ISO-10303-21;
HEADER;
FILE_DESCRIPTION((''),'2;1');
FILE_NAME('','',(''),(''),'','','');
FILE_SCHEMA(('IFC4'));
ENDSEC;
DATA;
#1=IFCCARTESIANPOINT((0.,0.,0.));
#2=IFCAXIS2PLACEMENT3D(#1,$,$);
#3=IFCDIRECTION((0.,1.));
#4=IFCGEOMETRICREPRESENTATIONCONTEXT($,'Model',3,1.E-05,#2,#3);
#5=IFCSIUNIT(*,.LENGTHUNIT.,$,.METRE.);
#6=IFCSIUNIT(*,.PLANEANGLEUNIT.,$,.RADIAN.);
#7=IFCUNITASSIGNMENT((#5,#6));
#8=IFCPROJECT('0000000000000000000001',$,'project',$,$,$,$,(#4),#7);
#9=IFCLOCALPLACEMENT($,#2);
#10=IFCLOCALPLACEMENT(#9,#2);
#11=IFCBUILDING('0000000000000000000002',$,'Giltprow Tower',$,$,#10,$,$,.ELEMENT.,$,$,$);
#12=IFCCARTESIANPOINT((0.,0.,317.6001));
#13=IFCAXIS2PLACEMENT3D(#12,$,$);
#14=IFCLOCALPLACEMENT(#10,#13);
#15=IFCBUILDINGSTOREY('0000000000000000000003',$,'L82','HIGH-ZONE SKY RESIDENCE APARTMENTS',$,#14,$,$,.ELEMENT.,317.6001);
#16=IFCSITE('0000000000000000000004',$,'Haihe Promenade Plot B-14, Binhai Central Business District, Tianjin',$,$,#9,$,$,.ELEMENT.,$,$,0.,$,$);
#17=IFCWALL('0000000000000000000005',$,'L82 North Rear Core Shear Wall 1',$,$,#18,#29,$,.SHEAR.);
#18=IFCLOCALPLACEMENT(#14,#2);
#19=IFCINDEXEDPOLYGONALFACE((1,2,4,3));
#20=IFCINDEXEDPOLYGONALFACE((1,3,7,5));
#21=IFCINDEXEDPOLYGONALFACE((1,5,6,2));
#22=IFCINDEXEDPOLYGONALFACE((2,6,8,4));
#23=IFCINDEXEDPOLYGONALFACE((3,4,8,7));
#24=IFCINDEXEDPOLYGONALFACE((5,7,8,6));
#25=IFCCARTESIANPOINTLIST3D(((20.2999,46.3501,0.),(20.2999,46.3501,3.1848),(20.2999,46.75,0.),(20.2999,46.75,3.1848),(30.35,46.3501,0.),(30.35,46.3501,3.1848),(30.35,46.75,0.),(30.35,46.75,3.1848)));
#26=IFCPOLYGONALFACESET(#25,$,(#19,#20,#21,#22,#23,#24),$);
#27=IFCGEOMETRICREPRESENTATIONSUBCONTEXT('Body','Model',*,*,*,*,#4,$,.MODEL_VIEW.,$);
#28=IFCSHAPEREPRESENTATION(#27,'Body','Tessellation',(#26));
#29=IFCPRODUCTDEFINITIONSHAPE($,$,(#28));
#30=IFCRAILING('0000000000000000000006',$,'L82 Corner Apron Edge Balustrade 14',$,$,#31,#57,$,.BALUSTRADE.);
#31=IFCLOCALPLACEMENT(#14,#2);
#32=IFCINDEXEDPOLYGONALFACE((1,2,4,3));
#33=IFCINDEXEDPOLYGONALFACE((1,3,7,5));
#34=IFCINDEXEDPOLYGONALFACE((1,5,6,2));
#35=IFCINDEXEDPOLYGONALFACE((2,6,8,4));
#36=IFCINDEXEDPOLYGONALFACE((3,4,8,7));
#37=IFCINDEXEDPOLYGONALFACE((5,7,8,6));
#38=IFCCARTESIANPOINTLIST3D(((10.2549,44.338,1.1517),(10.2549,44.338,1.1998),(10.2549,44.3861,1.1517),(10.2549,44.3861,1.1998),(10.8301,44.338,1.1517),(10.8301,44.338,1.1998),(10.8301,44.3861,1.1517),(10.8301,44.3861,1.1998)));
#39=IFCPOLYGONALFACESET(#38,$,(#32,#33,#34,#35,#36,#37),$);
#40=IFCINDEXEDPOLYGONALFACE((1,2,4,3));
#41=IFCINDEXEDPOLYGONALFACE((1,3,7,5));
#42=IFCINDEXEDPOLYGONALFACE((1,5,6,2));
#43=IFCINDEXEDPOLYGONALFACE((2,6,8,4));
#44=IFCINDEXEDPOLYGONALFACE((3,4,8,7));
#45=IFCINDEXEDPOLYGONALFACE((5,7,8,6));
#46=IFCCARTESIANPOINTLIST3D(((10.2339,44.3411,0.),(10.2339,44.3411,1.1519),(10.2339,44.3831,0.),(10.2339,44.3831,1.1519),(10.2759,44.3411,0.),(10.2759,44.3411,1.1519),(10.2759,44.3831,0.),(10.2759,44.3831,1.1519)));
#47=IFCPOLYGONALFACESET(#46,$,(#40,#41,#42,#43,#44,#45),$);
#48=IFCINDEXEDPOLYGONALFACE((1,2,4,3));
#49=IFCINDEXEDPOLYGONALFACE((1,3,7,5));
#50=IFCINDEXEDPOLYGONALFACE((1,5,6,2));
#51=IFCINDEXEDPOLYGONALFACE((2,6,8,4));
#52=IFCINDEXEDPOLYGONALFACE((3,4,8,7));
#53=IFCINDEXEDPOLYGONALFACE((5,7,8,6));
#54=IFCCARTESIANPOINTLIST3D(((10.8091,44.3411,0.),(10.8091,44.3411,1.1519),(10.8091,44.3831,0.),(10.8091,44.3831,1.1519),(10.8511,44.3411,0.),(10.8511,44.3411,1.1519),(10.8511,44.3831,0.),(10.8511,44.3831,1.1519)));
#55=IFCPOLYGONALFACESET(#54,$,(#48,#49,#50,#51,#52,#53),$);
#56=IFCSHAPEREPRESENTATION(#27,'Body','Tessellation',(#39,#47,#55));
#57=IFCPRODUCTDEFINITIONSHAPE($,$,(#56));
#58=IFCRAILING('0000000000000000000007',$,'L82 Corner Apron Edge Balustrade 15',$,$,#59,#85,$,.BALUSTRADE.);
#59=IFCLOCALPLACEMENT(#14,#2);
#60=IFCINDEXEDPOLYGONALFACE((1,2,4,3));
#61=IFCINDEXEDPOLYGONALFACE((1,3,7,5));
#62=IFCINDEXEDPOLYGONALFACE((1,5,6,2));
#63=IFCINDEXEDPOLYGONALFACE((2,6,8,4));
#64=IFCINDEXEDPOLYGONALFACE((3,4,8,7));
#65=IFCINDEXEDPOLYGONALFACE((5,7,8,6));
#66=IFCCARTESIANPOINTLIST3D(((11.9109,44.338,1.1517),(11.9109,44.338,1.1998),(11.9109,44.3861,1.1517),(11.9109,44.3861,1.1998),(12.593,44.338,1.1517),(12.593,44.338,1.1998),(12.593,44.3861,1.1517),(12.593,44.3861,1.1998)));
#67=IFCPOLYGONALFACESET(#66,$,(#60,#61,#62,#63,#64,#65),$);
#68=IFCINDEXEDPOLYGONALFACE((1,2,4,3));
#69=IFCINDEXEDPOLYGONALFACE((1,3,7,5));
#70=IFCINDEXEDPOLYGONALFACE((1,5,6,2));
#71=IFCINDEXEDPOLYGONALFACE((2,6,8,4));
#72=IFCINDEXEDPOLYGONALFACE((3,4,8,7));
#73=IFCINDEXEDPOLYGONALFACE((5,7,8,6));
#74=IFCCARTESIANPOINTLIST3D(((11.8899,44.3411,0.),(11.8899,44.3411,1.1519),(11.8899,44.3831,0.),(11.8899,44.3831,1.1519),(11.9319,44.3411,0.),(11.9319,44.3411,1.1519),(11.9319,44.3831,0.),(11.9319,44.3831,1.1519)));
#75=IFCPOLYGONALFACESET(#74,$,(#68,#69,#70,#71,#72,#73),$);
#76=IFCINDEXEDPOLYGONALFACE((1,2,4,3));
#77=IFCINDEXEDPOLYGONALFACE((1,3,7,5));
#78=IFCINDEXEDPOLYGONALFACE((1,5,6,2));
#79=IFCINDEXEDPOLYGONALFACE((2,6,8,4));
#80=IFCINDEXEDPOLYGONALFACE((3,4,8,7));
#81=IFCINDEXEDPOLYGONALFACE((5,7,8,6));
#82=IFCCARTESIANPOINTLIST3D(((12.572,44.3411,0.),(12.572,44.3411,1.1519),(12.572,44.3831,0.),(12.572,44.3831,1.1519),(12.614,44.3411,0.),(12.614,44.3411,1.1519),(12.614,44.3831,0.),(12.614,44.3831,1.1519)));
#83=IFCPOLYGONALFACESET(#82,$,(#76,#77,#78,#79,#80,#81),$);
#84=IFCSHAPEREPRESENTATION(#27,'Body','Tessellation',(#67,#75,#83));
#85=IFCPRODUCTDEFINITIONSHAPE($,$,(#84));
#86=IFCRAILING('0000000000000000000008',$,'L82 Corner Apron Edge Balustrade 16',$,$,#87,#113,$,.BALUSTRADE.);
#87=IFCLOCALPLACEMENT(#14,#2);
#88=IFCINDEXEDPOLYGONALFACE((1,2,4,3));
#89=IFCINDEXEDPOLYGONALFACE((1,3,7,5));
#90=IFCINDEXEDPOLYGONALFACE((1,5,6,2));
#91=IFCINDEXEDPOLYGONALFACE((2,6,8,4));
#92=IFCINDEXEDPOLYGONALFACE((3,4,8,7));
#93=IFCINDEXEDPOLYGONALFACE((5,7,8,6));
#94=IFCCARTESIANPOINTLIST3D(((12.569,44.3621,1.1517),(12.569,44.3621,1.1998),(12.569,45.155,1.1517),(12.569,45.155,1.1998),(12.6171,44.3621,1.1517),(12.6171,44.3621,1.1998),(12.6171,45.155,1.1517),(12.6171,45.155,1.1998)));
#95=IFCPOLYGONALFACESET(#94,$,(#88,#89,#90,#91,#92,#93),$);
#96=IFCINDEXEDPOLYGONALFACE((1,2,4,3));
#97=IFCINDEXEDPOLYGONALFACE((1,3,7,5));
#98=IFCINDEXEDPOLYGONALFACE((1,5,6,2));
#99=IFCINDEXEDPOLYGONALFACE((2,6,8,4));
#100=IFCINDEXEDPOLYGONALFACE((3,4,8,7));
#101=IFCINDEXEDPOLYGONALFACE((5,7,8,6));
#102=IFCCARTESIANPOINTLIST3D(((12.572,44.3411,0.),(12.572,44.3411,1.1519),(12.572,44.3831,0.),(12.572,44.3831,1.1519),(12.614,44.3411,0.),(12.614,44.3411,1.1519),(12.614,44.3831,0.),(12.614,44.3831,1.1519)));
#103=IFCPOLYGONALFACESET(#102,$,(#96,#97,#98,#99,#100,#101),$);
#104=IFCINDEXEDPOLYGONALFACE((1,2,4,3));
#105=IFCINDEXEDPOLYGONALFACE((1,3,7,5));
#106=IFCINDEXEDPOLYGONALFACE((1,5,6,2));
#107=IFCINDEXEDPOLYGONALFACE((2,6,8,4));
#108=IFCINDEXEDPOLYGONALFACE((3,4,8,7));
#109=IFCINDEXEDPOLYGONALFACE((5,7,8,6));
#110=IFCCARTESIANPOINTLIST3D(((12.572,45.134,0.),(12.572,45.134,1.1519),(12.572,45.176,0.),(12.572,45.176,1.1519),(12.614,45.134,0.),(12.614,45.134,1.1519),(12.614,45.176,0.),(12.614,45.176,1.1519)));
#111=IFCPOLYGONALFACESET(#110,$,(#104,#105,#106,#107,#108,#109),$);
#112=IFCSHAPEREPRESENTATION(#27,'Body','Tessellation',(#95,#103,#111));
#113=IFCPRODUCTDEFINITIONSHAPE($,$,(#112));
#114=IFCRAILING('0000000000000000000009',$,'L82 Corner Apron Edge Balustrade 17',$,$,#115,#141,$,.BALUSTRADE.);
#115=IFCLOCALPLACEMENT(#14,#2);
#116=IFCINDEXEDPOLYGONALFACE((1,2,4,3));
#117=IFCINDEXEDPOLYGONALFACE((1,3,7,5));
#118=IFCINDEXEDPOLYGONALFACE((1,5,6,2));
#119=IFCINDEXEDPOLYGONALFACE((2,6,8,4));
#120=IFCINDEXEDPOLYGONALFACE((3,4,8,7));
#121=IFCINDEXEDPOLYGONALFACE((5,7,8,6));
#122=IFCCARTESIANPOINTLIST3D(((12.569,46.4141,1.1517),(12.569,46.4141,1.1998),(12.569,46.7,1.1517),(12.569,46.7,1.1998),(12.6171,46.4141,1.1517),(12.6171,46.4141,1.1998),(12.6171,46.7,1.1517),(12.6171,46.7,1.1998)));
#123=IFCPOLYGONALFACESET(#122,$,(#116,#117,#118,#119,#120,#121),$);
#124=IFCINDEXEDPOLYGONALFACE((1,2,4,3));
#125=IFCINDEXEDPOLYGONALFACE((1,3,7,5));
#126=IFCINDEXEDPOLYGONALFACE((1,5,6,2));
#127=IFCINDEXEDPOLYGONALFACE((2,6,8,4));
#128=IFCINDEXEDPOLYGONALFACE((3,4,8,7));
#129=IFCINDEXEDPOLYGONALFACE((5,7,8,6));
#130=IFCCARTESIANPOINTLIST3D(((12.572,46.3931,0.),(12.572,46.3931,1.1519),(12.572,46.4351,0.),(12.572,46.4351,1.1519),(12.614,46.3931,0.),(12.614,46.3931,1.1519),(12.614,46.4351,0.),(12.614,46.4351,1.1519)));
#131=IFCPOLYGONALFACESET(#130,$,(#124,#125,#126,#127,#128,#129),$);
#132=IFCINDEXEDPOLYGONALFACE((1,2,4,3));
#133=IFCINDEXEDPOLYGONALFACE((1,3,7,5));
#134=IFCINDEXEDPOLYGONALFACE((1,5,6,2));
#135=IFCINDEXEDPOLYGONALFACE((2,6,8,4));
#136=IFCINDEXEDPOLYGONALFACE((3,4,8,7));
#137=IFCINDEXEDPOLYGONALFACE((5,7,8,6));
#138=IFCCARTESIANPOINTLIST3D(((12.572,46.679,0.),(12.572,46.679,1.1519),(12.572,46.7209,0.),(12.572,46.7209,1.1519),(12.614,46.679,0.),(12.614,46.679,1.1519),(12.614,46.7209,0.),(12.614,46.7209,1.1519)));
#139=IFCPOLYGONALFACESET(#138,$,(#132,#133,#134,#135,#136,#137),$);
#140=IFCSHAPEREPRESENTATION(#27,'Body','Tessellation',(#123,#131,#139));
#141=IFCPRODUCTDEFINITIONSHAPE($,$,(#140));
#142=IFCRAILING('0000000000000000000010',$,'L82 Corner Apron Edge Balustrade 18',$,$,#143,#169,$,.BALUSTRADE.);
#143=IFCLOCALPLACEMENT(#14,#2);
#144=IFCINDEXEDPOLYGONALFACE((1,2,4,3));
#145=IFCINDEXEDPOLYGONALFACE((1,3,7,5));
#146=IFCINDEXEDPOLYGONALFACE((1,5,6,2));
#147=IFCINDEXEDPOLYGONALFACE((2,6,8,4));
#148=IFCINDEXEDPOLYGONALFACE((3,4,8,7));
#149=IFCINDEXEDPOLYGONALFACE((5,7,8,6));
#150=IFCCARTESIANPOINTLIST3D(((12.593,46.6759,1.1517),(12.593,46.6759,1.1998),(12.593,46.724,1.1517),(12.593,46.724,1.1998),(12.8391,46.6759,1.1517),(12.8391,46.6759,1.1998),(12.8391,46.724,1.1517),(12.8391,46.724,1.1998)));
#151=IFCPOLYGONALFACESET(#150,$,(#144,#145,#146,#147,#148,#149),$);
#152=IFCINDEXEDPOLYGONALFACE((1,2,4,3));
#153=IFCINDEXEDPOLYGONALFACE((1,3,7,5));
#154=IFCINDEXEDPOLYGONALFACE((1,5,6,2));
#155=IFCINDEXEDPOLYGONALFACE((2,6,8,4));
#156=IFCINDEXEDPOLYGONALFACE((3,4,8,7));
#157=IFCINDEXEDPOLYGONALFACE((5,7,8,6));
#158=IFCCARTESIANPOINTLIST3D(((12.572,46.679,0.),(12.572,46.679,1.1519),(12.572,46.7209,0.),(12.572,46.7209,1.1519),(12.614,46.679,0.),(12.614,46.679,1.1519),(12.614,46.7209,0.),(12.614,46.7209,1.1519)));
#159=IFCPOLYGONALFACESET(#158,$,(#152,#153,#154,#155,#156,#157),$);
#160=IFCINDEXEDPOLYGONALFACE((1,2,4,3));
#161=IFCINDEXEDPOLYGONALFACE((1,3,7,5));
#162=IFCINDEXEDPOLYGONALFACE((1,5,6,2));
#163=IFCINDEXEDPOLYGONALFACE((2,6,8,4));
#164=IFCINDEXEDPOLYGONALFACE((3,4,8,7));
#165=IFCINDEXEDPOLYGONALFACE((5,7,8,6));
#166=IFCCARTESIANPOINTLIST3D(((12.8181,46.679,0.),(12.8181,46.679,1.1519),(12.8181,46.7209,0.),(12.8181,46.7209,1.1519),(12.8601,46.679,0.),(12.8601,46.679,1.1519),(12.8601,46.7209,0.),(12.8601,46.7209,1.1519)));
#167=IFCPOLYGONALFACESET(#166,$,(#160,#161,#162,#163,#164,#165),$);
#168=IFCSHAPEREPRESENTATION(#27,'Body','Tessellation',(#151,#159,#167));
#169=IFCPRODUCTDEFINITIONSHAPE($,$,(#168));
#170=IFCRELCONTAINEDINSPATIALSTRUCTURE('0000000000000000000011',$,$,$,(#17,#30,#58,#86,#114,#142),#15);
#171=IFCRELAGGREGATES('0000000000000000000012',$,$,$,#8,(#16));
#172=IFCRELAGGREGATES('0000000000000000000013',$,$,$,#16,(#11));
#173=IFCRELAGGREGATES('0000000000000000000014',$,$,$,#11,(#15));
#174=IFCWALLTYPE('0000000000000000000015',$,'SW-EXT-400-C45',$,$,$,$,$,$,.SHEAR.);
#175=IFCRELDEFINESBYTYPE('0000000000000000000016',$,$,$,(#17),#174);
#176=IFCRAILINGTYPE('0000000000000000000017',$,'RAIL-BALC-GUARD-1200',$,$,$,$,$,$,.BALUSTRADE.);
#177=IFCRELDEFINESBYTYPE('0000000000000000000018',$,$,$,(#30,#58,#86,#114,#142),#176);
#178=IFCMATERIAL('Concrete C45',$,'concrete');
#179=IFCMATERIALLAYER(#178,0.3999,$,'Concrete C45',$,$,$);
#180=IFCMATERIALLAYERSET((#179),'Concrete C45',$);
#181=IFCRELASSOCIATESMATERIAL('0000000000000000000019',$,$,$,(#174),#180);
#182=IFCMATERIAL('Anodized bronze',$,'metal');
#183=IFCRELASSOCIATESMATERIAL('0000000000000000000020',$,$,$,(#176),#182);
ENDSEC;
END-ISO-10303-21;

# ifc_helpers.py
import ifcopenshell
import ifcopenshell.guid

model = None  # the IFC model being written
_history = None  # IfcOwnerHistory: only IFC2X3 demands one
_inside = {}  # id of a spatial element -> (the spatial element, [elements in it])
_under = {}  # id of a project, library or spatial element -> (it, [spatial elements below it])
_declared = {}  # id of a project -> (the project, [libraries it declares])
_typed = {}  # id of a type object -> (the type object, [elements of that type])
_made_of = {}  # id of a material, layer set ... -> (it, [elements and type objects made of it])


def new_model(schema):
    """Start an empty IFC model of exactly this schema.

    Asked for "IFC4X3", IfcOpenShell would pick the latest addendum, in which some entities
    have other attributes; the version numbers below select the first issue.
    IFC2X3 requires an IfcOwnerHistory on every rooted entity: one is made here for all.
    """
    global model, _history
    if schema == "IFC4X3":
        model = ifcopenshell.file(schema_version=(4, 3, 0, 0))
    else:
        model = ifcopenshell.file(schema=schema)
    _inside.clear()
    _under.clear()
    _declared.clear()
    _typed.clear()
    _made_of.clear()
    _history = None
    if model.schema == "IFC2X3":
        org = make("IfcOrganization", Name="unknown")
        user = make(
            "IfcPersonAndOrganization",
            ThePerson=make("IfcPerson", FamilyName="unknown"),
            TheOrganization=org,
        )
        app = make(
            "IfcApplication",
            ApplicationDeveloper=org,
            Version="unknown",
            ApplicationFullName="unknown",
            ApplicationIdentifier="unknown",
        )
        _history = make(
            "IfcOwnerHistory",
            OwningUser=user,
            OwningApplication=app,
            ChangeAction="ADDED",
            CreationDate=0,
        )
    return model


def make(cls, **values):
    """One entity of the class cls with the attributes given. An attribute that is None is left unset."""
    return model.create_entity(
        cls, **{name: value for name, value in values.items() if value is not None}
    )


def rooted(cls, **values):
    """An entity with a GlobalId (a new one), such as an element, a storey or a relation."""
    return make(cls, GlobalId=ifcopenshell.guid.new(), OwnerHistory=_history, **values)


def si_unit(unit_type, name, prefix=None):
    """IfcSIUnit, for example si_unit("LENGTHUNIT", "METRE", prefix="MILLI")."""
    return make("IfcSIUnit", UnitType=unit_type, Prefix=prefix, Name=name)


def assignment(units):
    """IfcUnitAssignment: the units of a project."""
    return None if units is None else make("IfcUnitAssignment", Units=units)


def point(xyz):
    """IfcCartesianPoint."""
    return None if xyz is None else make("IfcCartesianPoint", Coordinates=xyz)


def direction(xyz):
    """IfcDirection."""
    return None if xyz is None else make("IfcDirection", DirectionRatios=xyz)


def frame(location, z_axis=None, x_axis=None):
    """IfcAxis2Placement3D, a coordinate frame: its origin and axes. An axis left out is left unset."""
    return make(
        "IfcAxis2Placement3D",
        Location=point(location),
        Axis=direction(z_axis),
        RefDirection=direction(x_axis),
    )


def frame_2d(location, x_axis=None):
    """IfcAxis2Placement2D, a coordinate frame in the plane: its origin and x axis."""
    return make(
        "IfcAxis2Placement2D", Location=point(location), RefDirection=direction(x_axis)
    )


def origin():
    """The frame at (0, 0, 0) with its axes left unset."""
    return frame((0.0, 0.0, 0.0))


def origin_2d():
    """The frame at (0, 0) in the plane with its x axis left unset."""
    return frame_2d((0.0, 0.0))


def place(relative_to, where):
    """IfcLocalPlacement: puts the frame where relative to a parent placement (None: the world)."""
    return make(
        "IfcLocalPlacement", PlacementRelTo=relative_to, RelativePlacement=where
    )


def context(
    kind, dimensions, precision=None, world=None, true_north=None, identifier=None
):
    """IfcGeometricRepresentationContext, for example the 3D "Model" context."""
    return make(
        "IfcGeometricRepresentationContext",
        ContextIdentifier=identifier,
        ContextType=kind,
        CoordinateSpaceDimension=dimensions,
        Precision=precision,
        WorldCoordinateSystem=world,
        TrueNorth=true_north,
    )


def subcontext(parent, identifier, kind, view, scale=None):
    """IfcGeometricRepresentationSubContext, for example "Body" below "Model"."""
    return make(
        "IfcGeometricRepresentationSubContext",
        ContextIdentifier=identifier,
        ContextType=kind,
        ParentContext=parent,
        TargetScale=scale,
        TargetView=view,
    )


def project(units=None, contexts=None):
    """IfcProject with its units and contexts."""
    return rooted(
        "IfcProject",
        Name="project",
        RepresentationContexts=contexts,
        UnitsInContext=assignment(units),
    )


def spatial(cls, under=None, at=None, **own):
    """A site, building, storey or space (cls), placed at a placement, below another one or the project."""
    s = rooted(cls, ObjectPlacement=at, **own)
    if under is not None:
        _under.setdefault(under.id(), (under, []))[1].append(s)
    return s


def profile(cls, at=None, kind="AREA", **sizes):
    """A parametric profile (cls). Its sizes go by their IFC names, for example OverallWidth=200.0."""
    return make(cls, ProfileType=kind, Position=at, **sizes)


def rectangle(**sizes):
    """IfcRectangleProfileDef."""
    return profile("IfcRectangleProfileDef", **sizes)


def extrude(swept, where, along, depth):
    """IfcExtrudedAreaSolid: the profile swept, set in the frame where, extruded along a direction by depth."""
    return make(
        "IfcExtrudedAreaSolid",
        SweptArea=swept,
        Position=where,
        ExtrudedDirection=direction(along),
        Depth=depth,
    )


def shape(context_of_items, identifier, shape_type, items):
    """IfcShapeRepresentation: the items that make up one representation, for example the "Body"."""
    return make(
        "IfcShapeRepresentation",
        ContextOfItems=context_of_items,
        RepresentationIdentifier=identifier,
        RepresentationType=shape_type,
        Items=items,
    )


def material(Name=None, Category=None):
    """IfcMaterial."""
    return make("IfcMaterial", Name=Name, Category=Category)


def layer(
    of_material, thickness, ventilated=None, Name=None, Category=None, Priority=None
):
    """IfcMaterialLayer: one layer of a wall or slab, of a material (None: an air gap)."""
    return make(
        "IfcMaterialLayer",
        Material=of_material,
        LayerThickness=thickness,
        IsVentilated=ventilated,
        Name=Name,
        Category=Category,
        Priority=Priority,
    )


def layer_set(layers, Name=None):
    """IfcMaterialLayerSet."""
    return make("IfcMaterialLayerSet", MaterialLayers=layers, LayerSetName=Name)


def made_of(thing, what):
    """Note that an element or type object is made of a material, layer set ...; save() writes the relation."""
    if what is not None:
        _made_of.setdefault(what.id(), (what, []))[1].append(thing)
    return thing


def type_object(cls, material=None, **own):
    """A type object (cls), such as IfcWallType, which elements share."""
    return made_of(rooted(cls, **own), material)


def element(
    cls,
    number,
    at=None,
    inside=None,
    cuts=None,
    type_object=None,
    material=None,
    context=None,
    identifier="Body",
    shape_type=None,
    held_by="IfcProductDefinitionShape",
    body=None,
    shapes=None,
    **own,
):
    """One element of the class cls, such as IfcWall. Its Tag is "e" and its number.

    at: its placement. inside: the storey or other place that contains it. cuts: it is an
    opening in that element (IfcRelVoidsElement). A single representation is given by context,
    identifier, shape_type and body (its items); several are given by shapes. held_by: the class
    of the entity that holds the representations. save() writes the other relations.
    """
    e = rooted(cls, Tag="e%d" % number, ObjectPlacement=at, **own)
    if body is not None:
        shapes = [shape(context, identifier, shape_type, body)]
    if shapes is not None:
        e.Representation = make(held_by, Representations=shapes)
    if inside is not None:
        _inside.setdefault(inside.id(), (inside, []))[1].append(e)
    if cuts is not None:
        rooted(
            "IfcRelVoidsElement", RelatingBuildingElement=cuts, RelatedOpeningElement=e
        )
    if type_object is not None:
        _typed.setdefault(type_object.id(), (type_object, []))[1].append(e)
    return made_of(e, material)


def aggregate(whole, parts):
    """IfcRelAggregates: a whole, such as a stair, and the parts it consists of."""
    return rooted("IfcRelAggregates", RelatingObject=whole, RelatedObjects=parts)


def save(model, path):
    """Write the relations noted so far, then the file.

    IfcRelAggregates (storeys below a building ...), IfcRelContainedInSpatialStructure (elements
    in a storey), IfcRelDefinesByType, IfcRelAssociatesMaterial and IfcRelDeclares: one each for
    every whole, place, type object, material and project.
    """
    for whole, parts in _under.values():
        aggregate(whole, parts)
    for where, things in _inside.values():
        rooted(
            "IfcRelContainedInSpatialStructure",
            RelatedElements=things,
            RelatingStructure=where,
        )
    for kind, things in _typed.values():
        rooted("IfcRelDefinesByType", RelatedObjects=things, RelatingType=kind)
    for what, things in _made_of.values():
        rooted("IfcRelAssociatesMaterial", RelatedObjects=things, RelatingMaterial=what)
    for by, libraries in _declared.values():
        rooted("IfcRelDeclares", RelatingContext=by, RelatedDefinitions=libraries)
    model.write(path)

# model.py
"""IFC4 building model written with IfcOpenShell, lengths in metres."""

from ifc_helpers import new_model, si_unit, direction, frame, frame_2d, origin, origin_2d, place, context, subcontext, project, spatial, rectangle, extrude, material, layer, layer_set, type_object, element, save


model = new_model("IFC4")

# Units and contexts
model_context = context("Model", 3, precision=1e-05, world=origin(), true_north=direction((0.0, 1.0)))
body_context = subcontext(model_context, "Body", "Model", "MODEL_VIEW")
ifc_project = project(units=[si_unit("LENGTHUNIT", "METRE"), si_unit("PLANEANGLEUNIT", "RADIAN")], contexts=[model_context])

# Site, building, storey
site_placement = place(None, origin())
site = spatial("IfcSite", under=ifc_project, at=site_placement, Name="Haihe Promenade Plot B-14, Binhai Central Business District, Tianjin", CompositionType="ELEMENT", RefElevation=0.0)
building_placement = place(site_placement, origin())
building = spatial("IfcBuilding", under=site, at=building_placement, Name="Giltprow Tower", CompositionType="ELEMENT")
storey_placement = place(building_placement, frame((0.0, 0.0, 317.6001)))
storey = spatial("IfcBuildingStorey", under=building, at=storey_placement, Name="L82", Description="HIGH-ZONE SKY RESIDENCE APARTMENTS", CompositionType="ELEMENT", Elevation=317.6001)

# Shared definitions
ifc_material_1 = material(Name="Concrete C45", Category="concrete")

# Wall
ifc_layer_1 = layer(ifc_material_1, 0.3999, Name="Concrete C45")
ifc_layer_set_1 = layer_set([ifc_layer_1], Name="Concrete C45")
wall_type_1 = type_object("IfcWallType", Name="SW-EXT-400-C45", PredefinedType="SHEAR", material=ifc_layer_set_1)
wall_1_placement = place(storey_placement, frame((20.3, 46.55, 0.0), z_axis=(0.0, 0.0, 1.0), x_axis=(1.0, 0.0, 0.0)))
element("IfcWall", 1, at=wall_1_placement, inside=storey, type_object=wall_type_1, Name="L82 North Rear Core Shear Wall 1", PredefinedType="SHEAR", context=body_context, shape_type="SweptSolid", body=[
    extrude(rectangle(XDim=10.05, YDim=0.3999, at=frame_2d((5.0249, 0.0))), origin(), (0.0, 0.0, 1.0), 3.1848),
])

# Railings
ifc_material_2 = material(Name="Anodized bronze", Category="metal")
railing_type = type_object("IfcRailingType", Name="RAIL-BALC-GUARD-1200", PredefinedType="BALUSTRADE", material=ifc_material_2)
railing_1_placement = place(storey_placement, frame((10.2549, 44.3621, 0.0)))
element("IfcRailing", 2, at=railing_1_placement, inside=storey, type_object=railing_type, Name="L82 Corner Apron Edge Balustrade 14", PredefinedType="BALUSTRADE", context=body_context, shape_type="SweptSolid", body=[
    extrude(rectangle(XDim=0.0481, YDim=0.0481, at=origin_2d()), frame((0.0, 0.0, 1.1758), z_axis=(1.0, 0.0, 0.0), x_axis=(0.0, 1.0, 0.0)), (0.0, 0.0, 1.0), 0.5752),
    extrude(rectangle(XDim=0.042, YDim=0.042, at=origin_2d()), origin(), (0.0, 0.0, 1.0), 1.1519),
    extrude(rectangle(XDim=0.042, YDim=0.042, at=origin_2d()), frame((0.5752, 0.0, 0.0)), (0.0, 0.0, 1.0), 1.1519),
])
railing_2_placement = place(storey_placement, frame((11.9109, 44.3621, 0.0)))
element("IfcRailing", 3, at=railing_2_placement, inside=storey, type_object=railing_type, Name="L82 Corner Apron Edge Balustrade 15", PredefinedType="BALUSTRADE", context=body_context, shape_type="SweptSolid", body=[
    extrude(rectangle(XDim=0.0481, YDim=0.0481, at=origin_2d()), frame((0.0, 0.0, 1.1758), z_axis=(1.0, 0.0, 0.0), x_axis=(0.0, 1.0, 0.0)), (0.0, 0.0, 1.0), 0.6821),
    extrude(rectangle(XDim=0.042, YDim=0.042, at=origin_2d()), origin(), (0.0, 0.0, 1.0), 1.1519),
    extrude(rectangle(XDim=0.042, YDim=0.042, at=origin_2d()), frame((0.6821, 0.0, 0.0)), (0.0, 0.0, 1.0), 1.1519),
])
railing_3_placement = place(storey_placement, frame((12.593, 44.3621, 0.0)))
element("IfcRailing", 4, at=railing_3_placement, inside=storey, type_object=railing_type, Name="L82 Corner Apron Edge Balustrade 16", PredefinedType="BALUSTRADE", context=body_context, shape_type="SweptSolid", body=[
    extrude(rectangle(XDim=0.0481, YDim=0.0481, at=origin_2d()), frame((0.0, 0.0, 1.1758), z_axis=(0.0, 1.0, 0.0), x_axis=(-1.0, 0.0, 0.0)), (0.0, 0.0, 1.0), 0.793),
    extrude(rectangle(XDim=0.042, YDim=0.042, at=origin_2d()), origin(), (0.0, 0.0, 1.0), 1.1519),
    extrude(rectangle(XDim=0.042, YDim=0.042, at=origin_2d()), frame((0.0, 0.793, 0.0)), (0.0, 0.0, 1.0), 1.1519),
])
railing_4_placement = place(storey_placement, frame((12.593, 46.4141, 0.0)))
element("IfcRailing", 5, at=railing_4_placement, inside=storey, type_object=railing_type, Name="L82 Corner Apron Edge Balustrade 17", PredefinedType="BALUSTRADE", context=body_context, shape_type="SweptSolid", body=[
    extrude(rectangle(XDim=0.0481, YDim=0.0481, at=origin_2d()), frame((0.0, 0.0, 1.1758), z_axis=(0.0, 1.0, 0.0), x_axis=(-1.0, 0.0, 0.0)), (0.0, 0.0, 1.0), 0.2859),
    extrude(rectangle(XDim=0.042, YDim=0.042, at=origin_2d()), origin(), (0.0, 0.0, 1.0), 1.1519),
    extrude(rectangle(XDim=0.042, YDim=0.042, at=origin_2d()), frame((0.0, 0.2859, 0.0)), (0.0, 0.0, 1.0), 1.1519),
])
railing_5_placement = place(storey_placement, frame((12.593, 46.7, 0.0)))
element("IfcRailing", 6, at=railing_5_placement, inside=storey, type_object=railing_type, Name="L82 Corner Apron Edge Balustrade 18", PredefinedType="BALUSTRADE", context=body_context, shape_type="SweptSolid", body=[
    extrude(rectangle(XDim=0.0481, YDim=0.0481, at=origin_2d()), frame((0.0, 0.0, 1.1758), z_axis=(1.0, 0.0, 0.0), x_axis=(0.0, 1.0, 0.0)), (0.0, 0.0, 1.0), 0.2461),
    extrude(rectangle(XDim=0.042, YDim=0.042, at=origin_2d()), origin(), (0.0, 0.0, 1.0), 1.1519),
    extrude(rectangle(XDim=0.042, YDim=0.042, at=origin_2d()), frame((0.2461, 0.0, 0.0)), (0.0, 0.0, 1.0), 1.1519),
])

save(model, "model.ifc")
